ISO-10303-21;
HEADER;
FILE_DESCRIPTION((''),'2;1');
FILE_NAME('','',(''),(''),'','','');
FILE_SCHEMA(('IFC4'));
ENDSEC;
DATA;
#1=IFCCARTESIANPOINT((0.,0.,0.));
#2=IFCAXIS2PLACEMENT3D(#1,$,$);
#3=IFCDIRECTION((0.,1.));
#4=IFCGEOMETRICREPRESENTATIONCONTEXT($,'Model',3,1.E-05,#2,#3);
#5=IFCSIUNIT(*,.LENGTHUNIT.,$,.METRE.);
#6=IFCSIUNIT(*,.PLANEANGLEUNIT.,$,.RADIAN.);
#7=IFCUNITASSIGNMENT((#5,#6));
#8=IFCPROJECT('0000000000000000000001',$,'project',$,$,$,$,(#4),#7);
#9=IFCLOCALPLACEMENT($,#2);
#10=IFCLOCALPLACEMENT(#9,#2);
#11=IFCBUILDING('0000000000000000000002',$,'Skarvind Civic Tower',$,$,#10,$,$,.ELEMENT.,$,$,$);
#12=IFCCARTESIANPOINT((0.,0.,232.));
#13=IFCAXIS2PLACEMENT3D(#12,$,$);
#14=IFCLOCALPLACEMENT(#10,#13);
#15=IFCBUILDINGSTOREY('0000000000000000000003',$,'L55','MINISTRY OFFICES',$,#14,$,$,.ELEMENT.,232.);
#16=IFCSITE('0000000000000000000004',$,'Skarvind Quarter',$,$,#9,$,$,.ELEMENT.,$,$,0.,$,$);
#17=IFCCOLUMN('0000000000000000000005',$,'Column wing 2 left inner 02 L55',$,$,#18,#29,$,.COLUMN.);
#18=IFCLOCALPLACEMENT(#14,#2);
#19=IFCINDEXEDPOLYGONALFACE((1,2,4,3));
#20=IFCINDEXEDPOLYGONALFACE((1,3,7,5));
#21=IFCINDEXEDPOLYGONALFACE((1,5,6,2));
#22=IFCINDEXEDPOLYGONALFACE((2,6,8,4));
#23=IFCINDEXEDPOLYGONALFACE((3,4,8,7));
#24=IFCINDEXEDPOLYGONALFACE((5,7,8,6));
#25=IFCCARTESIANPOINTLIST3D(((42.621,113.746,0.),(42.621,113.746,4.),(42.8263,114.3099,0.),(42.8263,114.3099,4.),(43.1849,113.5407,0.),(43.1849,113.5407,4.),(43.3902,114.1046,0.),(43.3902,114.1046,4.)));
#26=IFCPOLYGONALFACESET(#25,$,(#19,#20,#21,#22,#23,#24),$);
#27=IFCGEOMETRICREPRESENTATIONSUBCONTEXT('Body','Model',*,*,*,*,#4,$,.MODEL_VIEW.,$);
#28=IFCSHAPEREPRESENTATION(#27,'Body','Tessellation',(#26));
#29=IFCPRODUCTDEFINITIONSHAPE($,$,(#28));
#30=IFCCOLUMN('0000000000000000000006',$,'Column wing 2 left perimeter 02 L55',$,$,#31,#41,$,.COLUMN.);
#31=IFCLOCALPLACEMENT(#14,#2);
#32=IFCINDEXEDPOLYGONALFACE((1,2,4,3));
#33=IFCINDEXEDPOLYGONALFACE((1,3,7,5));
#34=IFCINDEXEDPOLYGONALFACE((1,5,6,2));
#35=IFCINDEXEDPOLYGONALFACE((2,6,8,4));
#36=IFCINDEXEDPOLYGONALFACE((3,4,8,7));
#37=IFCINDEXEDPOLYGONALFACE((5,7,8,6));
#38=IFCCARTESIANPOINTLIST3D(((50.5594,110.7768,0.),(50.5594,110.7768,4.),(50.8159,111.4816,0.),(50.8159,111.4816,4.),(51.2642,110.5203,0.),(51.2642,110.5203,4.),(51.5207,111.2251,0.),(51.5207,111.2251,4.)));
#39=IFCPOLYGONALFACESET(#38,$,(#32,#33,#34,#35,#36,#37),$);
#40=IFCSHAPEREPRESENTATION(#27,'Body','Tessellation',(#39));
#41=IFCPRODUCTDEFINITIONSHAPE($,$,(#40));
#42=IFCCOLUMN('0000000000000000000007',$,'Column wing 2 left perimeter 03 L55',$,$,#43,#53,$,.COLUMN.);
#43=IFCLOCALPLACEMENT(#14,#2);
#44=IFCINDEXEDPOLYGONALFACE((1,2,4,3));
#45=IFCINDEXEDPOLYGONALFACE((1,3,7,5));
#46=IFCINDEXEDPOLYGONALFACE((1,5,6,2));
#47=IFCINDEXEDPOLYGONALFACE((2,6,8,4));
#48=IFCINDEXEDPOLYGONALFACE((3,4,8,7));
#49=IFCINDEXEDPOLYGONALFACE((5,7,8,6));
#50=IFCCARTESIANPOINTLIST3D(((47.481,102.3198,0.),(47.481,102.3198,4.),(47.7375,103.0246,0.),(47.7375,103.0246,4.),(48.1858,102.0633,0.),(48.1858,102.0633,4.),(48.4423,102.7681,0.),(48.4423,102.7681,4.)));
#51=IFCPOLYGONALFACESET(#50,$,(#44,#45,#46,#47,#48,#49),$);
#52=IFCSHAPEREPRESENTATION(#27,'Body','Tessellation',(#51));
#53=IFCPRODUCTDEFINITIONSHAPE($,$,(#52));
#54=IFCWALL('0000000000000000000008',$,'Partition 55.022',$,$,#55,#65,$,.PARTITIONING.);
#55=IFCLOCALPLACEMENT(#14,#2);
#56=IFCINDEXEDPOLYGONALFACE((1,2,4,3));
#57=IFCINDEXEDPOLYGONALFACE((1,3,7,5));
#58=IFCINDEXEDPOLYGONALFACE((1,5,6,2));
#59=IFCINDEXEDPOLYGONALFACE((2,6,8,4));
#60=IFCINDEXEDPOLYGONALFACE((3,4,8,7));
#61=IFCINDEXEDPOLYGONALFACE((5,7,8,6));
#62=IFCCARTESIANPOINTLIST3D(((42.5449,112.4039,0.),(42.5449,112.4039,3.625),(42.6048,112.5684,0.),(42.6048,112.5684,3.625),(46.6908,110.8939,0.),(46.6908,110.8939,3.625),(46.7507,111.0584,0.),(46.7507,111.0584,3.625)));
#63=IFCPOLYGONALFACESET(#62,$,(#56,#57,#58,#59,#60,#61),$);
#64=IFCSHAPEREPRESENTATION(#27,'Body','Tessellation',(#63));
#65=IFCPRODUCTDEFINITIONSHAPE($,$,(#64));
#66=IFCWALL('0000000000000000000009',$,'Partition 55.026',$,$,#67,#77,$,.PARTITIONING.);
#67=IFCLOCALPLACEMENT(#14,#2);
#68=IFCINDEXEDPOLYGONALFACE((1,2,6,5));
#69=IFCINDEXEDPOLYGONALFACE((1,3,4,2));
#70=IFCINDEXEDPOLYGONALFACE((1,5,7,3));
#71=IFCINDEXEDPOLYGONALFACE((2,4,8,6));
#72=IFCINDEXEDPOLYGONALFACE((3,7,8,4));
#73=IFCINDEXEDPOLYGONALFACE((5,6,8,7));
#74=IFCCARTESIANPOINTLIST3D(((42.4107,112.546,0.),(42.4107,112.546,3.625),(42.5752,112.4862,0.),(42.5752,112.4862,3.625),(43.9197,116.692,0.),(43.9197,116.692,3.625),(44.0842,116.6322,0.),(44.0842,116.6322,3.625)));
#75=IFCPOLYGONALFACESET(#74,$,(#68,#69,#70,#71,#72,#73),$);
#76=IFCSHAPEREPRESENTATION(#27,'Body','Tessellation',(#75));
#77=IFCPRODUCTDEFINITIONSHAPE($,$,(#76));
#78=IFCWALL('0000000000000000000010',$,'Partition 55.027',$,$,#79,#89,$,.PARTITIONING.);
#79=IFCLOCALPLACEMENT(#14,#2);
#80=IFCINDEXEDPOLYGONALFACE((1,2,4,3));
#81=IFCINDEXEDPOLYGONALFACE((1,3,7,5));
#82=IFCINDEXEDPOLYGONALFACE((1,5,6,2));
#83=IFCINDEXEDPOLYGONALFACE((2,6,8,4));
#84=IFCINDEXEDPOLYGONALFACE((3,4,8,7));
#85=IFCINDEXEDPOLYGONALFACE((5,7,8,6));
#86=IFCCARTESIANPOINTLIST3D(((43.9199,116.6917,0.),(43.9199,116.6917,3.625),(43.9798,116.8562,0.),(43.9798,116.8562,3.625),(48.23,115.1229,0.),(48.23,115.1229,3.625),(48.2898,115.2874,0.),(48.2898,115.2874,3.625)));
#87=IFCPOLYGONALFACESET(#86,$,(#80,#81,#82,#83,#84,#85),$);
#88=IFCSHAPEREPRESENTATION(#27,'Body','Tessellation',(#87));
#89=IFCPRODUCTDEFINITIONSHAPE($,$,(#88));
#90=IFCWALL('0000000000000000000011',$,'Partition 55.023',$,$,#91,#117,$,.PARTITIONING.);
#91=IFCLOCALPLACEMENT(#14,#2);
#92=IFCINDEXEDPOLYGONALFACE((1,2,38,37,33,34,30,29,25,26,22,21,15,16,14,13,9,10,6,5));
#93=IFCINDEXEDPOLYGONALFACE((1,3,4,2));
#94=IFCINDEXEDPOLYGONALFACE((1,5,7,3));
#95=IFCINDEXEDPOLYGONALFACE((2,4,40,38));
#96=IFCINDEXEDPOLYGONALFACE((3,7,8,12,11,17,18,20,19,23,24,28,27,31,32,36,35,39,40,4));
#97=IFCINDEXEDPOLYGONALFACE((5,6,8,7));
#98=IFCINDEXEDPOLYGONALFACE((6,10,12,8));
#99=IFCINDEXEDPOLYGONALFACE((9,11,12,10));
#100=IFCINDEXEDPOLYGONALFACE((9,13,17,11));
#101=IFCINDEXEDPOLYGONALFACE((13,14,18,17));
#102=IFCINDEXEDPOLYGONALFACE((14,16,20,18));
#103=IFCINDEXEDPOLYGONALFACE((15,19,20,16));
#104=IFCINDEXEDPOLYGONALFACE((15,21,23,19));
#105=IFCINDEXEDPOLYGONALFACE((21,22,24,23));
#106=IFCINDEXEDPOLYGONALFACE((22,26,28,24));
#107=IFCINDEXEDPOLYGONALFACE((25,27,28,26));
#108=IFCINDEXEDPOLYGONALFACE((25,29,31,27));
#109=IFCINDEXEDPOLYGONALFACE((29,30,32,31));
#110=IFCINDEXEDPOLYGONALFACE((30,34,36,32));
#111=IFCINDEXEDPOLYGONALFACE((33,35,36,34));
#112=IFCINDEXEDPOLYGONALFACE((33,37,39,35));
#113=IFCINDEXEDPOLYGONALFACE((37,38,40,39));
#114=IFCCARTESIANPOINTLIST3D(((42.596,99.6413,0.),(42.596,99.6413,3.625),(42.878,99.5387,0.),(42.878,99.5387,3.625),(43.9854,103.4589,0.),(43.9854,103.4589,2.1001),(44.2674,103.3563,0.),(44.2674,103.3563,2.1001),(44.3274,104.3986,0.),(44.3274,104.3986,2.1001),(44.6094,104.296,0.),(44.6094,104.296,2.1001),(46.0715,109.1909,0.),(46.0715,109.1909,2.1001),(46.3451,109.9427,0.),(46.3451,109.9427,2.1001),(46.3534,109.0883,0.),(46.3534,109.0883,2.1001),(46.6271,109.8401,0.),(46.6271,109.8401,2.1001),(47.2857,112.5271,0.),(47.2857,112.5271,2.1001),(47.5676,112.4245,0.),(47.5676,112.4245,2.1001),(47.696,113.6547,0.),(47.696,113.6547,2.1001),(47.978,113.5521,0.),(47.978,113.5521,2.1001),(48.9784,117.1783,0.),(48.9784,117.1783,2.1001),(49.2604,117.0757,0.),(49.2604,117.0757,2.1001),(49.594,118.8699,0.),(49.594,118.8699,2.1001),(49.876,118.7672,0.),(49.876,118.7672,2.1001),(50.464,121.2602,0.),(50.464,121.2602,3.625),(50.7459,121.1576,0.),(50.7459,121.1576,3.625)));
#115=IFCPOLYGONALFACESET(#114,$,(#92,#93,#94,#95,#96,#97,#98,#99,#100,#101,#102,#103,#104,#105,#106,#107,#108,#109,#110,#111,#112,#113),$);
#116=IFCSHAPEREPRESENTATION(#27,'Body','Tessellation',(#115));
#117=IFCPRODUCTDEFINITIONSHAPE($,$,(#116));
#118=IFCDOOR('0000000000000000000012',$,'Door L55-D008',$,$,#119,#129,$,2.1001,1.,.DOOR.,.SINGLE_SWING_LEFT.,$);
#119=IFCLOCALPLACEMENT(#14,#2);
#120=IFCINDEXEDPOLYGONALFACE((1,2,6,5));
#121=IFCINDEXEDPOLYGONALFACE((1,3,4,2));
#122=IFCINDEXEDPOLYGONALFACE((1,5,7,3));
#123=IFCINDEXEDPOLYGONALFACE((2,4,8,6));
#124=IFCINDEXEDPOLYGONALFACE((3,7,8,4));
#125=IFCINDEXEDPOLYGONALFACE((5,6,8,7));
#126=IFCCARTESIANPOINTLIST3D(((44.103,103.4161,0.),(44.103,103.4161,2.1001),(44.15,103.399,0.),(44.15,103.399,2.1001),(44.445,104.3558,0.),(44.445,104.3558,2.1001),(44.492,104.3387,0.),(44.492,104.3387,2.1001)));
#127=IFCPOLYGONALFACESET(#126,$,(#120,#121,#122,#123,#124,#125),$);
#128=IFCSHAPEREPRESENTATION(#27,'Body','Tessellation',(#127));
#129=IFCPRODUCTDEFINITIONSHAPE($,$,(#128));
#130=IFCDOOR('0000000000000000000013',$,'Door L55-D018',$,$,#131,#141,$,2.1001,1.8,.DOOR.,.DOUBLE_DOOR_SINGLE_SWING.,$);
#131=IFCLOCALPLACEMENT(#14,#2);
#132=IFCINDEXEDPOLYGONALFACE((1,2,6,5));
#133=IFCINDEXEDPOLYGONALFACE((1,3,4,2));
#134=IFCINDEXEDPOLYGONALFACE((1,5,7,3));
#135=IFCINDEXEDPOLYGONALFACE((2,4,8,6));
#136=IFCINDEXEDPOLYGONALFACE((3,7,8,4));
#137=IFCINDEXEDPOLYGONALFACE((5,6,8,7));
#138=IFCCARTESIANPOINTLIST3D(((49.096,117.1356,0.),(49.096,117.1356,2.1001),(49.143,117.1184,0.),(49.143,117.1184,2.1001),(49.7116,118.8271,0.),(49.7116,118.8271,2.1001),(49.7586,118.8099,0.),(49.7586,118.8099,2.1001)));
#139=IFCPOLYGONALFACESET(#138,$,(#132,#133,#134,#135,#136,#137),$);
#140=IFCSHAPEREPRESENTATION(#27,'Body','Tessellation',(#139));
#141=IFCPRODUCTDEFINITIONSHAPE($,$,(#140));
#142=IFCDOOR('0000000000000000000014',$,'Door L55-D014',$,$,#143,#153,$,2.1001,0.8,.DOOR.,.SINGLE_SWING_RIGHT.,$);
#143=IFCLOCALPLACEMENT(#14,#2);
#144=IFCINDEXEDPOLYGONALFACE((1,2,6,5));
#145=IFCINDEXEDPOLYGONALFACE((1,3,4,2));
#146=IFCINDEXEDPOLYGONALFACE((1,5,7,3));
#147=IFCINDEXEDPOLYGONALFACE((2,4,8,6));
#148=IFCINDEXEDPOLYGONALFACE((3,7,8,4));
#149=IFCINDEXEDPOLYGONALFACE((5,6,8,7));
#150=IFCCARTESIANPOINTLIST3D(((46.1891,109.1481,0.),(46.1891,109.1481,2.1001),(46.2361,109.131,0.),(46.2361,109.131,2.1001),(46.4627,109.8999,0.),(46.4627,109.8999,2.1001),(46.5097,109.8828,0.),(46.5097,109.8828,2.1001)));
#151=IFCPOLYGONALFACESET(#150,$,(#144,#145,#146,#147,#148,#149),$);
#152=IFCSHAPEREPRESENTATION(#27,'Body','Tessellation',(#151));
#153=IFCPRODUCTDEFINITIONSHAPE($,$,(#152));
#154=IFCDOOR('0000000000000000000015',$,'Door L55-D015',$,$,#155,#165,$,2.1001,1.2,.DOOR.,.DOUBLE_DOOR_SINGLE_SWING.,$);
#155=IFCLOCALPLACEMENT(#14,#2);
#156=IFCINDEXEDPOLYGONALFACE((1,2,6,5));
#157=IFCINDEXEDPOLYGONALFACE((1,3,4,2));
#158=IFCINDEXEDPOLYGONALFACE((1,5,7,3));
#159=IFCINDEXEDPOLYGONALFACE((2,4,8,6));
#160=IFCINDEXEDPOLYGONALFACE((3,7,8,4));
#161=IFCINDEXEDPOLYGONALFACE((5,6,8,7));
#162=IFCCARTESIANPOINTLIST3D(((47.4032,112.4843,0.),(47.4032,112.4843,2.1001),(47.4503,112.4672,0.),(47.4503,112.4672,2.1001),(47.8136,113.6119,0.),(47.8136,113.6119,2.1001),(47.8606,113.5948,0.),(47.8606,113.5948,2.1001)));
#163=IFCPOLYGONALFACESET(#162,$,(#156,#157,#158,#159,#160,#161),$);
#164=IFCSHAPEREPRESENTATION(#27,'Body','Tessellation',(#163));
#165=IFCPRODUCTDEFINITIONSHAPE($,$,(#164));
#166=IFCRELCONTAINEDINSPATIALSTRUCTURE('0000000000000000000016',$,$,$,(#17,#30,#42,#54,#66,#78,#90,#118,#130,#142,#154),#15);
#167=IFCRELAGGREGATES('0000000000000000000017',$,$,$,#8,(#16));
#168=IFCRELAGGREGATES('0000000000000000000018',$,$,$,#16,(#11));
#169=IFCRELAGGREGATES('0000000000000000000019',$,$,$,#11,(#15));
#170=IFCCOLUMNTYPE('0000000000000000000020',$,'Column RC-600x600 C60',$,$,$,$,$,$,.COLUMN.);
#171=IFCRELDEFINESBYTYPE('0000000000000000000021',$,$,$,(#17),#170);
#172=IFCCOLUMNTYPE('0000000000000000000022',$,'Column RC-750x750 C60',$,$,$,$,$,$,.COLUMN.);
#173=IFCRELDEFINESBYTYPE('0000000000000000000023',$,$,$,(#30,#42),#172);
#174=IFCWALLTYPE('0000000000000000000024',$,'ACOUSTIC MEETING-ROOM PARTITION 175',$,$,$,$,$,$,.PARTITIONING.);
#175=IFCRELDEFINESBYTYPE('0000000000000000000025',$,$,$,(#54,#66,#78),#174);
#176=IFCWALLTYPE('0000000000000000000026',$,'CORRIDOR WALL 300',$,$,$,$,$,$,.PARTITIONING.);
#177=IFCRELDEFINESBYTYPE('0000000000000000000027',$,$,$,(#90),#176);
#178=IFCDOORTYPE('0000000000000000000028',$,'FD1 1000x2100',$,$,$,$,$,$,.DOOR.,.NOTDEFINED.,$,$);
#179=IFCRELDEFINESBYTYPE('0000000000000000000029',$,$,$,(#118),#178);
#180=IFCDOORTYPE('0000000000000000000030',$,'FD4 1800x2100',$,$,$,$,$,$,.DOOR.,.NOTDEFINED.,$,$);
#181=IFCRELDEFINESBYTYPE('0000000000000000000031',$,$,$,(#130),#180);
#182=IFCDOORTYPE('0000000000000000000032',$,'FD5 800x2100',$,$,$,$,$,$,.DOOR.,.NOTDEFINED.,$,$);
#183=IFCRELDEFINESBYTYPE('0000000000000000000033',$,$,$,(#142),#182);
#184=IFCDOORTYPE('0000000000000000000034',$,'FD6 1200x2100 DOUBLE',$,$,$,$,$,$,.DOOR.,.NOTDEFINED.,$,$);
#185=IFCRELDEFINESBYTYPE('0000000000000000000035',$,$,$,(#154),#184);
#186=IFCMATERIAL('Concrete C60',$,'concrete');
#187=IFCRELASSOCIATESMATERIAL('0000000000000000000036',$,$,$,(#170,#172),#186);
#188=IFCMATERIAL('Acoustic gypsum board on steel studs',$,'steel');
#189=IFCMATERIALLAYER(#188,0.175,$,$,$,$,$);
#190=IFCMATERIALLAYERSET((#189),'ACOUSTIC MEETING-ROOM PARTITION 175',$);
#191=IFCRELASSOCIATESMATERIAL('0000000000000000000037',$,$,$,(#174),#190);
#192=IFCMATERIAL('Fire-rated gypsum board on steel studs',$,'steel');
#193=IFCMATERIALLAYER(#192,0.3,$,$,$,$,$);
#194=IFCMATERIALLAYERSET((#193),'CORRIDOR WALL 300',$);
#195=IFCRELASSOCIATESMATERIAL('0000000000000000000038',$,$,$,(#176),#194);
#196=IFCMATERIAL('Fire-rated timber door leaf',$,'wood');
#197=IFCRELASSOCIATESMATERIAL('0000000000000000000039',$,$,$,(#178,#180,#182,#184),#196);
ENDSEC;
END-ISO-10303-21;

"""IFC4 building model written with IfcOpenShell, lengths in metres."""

from ifc_helpers import new_model, si_unit, direction, frame, frame_2d, origin, origin_2d, place, context, subcontext, project, spatial, rectangle, extrude, material, layer, layer_set, material_profile, profile_set, type_object, element, fill, save


model = new_model("IFC4")

# Units and contexts
model_context = context("Model", 3, precision=1e-05, world=origin(), true_north=direction((0.0, 1.0)))
body_context = subcontext(model_context, "Body", "Model", "MODEL_VIEW")
ifc_project = project(units=[si_unit("LENGTHUNIT", "METRE"), si_unit("PLANEANGLEUNIT", "RADIAN")], contexts=[model_context])

# Site, building, storey
site_placement = place(None, origin())
site = spatial("IfcSite", under=ifc_project, at=site_placement, Name="Skarvind Quarter", CompositionType="ELEMENT", RefElevation=0.0)
building_placement = place(site_placement, origin())
building = spatial("IfcBuilding", under=site, at=building_placement, Name="Skarvind Civic Tower", CompositionType="ELEMENT")
storey_placement = place(building_placement, frame((0.0, 0.0, 232.0)))
storey = spatial("IfcBuildingStorey", under=building, at=storey_placement, Name="L55", Description="MINISTRY OFFICES", CompositionType="ELEMENT", Elevation=232.0)

# Columns
ifc_material_1 = material(Name="Concrete C60", Category="concrete")
ifc_material_profile_1 = material_profile(ifc_material_1, rectangle(XDim=0.6001, YDim=0.6001, at=origin_2d()), Name="RC-600x600")
ifc_profile_set_1 = profile_set([ifc_material_profile_1], Name="Concrete C60")
column_type_1 = type_object("IfcColumnType", Name="Column RC-600x600 C60", PredefinedType="COLUMN", material=ifc_profile_set_1)
column_placement = place(storey_placement, frame((43.0056, 113.9253, 0.0), z_axis=(0.0, 0.0, 1.0), x_axis=(-0.34202, -0.939693, 0.0)))
element("IfcColumn", 1, at=column_placement, inside=storey, type_object=column_type_1, Name="Column wing 2 left inner 02 L55", PredefinedType="COLUMN", context=body_context, shape_type="SweptSolid", body=[
    extrude(rectangle(XDim=0.6001, YDim=0.6001, at=origin_2d()), origin(), (0.0, 0.0, 1.0), 4.0),
])
ifc_material_profile_2 = material_profile(ifc_material_1, rectangle(XDim=0.75, YDim=0.75, at=origin_2d()), Name="RC-750x750")
ifc_profile_set_2 = profile_set([ifc_material_profile_2], Name="Concrete C60")
column_type_2 = type_object("IfcColumnType", Name="Column RC-750x750 C60", PredefinedType="COLUMN", material=ifc_profile_set_2)
for number, where, z_axis, x_axis, name in (
    (2, (51.04, 111.001, 0.0), (0.0, 0.0, 1.0), (-0.34202, -0.939693, 0.0), "Column wing 2 left perimeter 02 L55"),
    (3, (47.9617, 102.5439, 0.0), (0.0, 0.0, 1.0), (-0.34202, -0.939693, 0.0), "Column wing 2 left perimeter 03 L55"),
):
    element("IfcColumn", number, at=place(storey_placement, frame(where, z_axis=z_axis, x_axis=x_axis)), inside=storey, type_object=column_type_2, Name=name, PredefinedType="COLUMN", context=body_context, shape_type="SweptSolid", body=[
        extrude(rectangle(XDim=0.75, YDim=0.75, at=origin_2d()), origin(), (0.0, 0.0, 1.0), 4.0),
    ])

# Walls
ifc_material_2 = material(Name="Acoustic gypsum board on steel studs", Category="steel")
ifc_layer_1 = layer(ifc_material_2, 0.175)
ifc_layer_set_1 = layer_set([ifc_layer_1], Name="ACOUSTIC MEETING-ROOM PARTITION 175")
wall_type_1 = type_object("IfcWallType", Name="ACOUSTIC MEETING-ROOM PARTITION 175", PredefinedType="PARTITIONING", material=ifc_layer_set_1)
wall_1_placement = place(storey_placement, frame((42.575, 112.4861, 0.0), z_axis=(0.0, 0.0, 1.0), x_axis=(0.93962, -0.342218, 0.0)))
element("IfcWall", 4, at=wall_1_placement, inside=storey, type_object=wall_type_1, Name="Partition 55.022", PredefinedType="PARTITIONING", context=body_context, shape_type="SweptSolid", body=[
    extrude(rectangle(XDim=4.4124, YDim=0.175, at=frame_2d((2.2061, 0.0))), origin(), (0.0, 0.0, 1.0), 3.625),
])
wall_2_placement = place(storey_placement, frame((44.002, 116.6621, 0.0), z_axis=(0.0, 0.0, 1.0), x_axis=(-0.342023, -0.939692, 0.0)))
element("IfcWall", 5, at=wall_2_placement, inside=storey, type_object=wall_type_1, Name="Partition 55.026", PredefinedType="PARTITIONING", context=body_context, shape_type="SweptSolid", body=[
    extrude(rectangle(XDim=4.4121, YDim=0.175, at=frame_2d((2.2061, 0.0))), origin(), (0.0, 0.0, 1.0), 3.625),
])
wall_3_placement = place(storey_placement, frame((48.26, 115.2051, 0.0), z_axis=(0.0, 0.0, 1.0), x_axis=(-0.939685, 0.342042, 0.0)))
element("IfcWall", 6, at=wall_3_placement, inside=storey, type_object=wall_type_1, Name="Partition 55.027", PredefinedType="PARTITIONING", context=body_context, shape_type="SweptSolid", body=[
    extrude(rectangle(XDim=4.5867, YDim=0.175, at=frame_2d((2.2935, 0.0))), origin(), (0.0, 0.0, 1.0), 3.625),
])

# Wall, openings, doors
ifc_material_3 = material(Name="Fire-rated gypsum board on steel studs", Category="steel")
ifc_layer_2 = layer(ifc_material_3, 0.3)
ifc_layer_set_2 = layer_set([ifc_layer_2], Name="CORRIDOR WALL 300")
wall_type_2 = type_object("IfcWallType", Name="CORRIDOR WALL 300", PredefinedType="PARTITIONING", material=ifc_layer_set_2)
wall_4_placement = place(storey_placement, frame((42.7371, 99.5901, 0.0), z_axis=(0.0, 0.0, 1.0), x_axis=(0.341993, 0.939703, 0.0)))
wall_4 = element("IfcWall", 7, at=wall_4_placement, inside=storey, type_object=wall_type_2, Name="Partition 55.023", PredefinedType="PARTITIONING", context=body_context, shape_type="SweptSolid", body=[
    extrude(rectangle(XDim=23.0061, YDim=0.3, at=frame_2d((11.5029, 0.0))), origin(), (0.0, 0.0, 1.0), 3.625),
])
opening_1_placement = place(wall_4_placement, frame((4.0625, 0.0, 0.0)))
opening_1 = element("IfcOpeningElement", 8, at=opening_1_placement, cuts=wall_4, PredefinedType="OPENING", context=body_context, shape_type="SweptSolid", body=[
    extrude(rectangle(XDim=1.0, YDim=2.1001, at=frame_2d((0.5, 1.05))), frame((0.0, 0.1599, 0.0), z_axis=(0.0, -1.0, 0.0), x_axis=(1.0, 0.0, 0.0)), (0.0, 0.0, 1.0), 0.3201),
])
opening_2_placement = place(wall_4_placement, frame((10.1624, 0.0, 0.0)))
opening_2 = element("IfcOpeningElement", 9, at=opening_2_placement, cuts=wall_4, PredefinedType="OPENING", context=body_context, shape_type="SweptSolid", body=[
    extrude(rectangle(XDim=0.8, YDim=2.1001, at=frame_2d((0.3999, 1.05))), frame((0.0, 0.1599, 0.0), z_axis=(0.0, -1.0, 0.0), x_axis=(1.0, 0.0, 0.0)), (0.0, 0.0, 1.0), 0.3201),
])
opening_3_placement = place(wall_4_placement, frame((13.7124, 0.0, 0.0)))
opening_3 = element("IfcOpeningElement", 10, at=opening_3_placement, cuts=wall_4, PredefinedType="OPENING", context=body_context, shape_type="SweptSolid", body=[
    extrude(rectangle(XDim=1.2, YDim=2.1001, at=frame_2d((0.6001, 1.05))), frame((0.0, 0.1599, 0.0), z_axis=(0.0, -1.0, 0.0), x_axis=(1.0, 0.0, 0.0)), (0.0, 0.0, 1.0), 0.3201),
])
opening_4_placement = place(wall_4_placement, frame((18.6624, 0.0, 0.0)))
opening_4 = element("IfcOpeningElement", 11, at=opening_4_placement, cuts=wall_4, PredefinedType="OPENING", context=body_context, shape_type="SweptSolid", body=[
    extrude(rectangle(XDim=1.8, YDim=2.1001, at=frame_2d((0.8999, 1.05))), frame((0.0, 0.1599, 0.0), z_axis=(0.0, -1.0, 0.0), x_axis=(1.0, 0.0, 0.0)), (0.0, 0.0, 1.0), 0.3201),
])
ifc_material_4 = material(Name="Fire-rated timber door leaf", Category="wood")
door_type_1 = type_object("IfcDoorType", Name="FD1 1000x2100", OperationType="NOTDEFINED", PredefinedType="DOOR", material=ifc_material_4)
door_1_placement = place(opening_1_placement, origin())
door_1 = element("IfcDoor", 12, at=door_1_placement, inside=storey, type_object=door_type_1, Name="Door L55-D008", OperationType="SINGLE_SWING_LEFT", OverallHeight=2.1001, OverallWidth=1.0, PredefinedType="DOOR", context=body_context, shape_type="SweptSolid", body=[
    extrude(rectangle(XDim=1.0, YDim=2.1001, at=frame_2d((0.5, 1.05))), frame((0.0, 0.0249, 0.0), z_axis=(0.0, -1.0, 0.0), x_axis=(1.0, 0.0, 0.0)), (0.0, 0.0, 1.0), 0.05),
])
fill(opening_1, door_1)
door_type_2 = type_object("IfcDoorType", Name="FD4 1800x2100", OperationType="NOTDEFINED", PredefinedType="DOOR", material=ifc_material_4)
door_2_placement = place(opening_4_placement, origin())
door_2 = element("IfcDoor", 13, at=door_2_placement, inside=storey, type_object=door_type_2, Name="Door L55-D018", OperationType="DOUBLE_DOOR_SINGLE_SWING", OverallHeight=2.1001, OverallWidth=1.8, PredefinedType="DOOR", context=body_context, shape_type="SweptSolid", body=[
    extrude(rectangle(XDim=1.8, YDim=2.1001, at=frame_2d((0.8999, 1.05))), frame((0.0, 0.0249, 0.0), z_axis=(0.0, -1.0, 0.0), x_axis=(1.0, 0.0, 0.0)), (0.0, 0.0, 1.0), 0.05),
])
fill(opening_4, door_2)
door_type_3 = type_object("IfcDoorType", Name="FD5 800x2100", OperationType="NOTDEFINED", PredefinedType="DOOR", material=ifc_material_4)
door_3_placement = place(opening_2_placement, origin())
door_3 = element("IfcDoor", 14, at=door_3_placement, inside=storey, type_object=door_type_3, Name="Door L55-D014", OperationType="SINGLE_SWING_RIGHT", OverallHeight=2.1001, OverallWidth=0.8, PredefinedType="DOOR", context=body_context, shape_type="SweptSolid", body=[
    extrude(rectangle(XDim=0.8, YDim=2.1001, at=frame_2d((0.3999, 1.05))), frame((0.0, 0.0249, 0.0), z_axis=(0.0, -1.0, 0.0), x_axis=(1.0, 0.0, 0.0)), (0.0, 0.0, 1.0), 0.05),
])
fill(opening_2, door_3)
door_type_4 = type_object("IfcDoorType", Name="FD6 1200x2100 DOUBLE", OperationType="NOTDEFINED", PredefinedType="DOOR", material=ifc_material_4)
door_4_placement = place(opening_3_placement, origin())
door_4 = element("IfcDoor", 15, at=door_4_placement, inside=storey, type_object=door_type_4, Name="Door L55-D015", OperationType="DOUBLE_DOOR_SINGLE_SWING", OverallHeight=2.1001, OverallWidth=1.2, PredefinedType="DOOR", context=body_context, shape_type="SweptSolid", body=[
    extrude(rectangle(XDim=1.2, YDim=2.1001, at=frame_2d((0.6001, 1.05))), frame((0.0, 0.0249, 0.0), z_axis=(0.0, -1.0, 0.0), x_axis=(1.0, 0.0, 0.0)), (0.0, 0.0, 1.0), 0.05),
])
fill(opening_3, door_4)

save(model, "model.ifc")
